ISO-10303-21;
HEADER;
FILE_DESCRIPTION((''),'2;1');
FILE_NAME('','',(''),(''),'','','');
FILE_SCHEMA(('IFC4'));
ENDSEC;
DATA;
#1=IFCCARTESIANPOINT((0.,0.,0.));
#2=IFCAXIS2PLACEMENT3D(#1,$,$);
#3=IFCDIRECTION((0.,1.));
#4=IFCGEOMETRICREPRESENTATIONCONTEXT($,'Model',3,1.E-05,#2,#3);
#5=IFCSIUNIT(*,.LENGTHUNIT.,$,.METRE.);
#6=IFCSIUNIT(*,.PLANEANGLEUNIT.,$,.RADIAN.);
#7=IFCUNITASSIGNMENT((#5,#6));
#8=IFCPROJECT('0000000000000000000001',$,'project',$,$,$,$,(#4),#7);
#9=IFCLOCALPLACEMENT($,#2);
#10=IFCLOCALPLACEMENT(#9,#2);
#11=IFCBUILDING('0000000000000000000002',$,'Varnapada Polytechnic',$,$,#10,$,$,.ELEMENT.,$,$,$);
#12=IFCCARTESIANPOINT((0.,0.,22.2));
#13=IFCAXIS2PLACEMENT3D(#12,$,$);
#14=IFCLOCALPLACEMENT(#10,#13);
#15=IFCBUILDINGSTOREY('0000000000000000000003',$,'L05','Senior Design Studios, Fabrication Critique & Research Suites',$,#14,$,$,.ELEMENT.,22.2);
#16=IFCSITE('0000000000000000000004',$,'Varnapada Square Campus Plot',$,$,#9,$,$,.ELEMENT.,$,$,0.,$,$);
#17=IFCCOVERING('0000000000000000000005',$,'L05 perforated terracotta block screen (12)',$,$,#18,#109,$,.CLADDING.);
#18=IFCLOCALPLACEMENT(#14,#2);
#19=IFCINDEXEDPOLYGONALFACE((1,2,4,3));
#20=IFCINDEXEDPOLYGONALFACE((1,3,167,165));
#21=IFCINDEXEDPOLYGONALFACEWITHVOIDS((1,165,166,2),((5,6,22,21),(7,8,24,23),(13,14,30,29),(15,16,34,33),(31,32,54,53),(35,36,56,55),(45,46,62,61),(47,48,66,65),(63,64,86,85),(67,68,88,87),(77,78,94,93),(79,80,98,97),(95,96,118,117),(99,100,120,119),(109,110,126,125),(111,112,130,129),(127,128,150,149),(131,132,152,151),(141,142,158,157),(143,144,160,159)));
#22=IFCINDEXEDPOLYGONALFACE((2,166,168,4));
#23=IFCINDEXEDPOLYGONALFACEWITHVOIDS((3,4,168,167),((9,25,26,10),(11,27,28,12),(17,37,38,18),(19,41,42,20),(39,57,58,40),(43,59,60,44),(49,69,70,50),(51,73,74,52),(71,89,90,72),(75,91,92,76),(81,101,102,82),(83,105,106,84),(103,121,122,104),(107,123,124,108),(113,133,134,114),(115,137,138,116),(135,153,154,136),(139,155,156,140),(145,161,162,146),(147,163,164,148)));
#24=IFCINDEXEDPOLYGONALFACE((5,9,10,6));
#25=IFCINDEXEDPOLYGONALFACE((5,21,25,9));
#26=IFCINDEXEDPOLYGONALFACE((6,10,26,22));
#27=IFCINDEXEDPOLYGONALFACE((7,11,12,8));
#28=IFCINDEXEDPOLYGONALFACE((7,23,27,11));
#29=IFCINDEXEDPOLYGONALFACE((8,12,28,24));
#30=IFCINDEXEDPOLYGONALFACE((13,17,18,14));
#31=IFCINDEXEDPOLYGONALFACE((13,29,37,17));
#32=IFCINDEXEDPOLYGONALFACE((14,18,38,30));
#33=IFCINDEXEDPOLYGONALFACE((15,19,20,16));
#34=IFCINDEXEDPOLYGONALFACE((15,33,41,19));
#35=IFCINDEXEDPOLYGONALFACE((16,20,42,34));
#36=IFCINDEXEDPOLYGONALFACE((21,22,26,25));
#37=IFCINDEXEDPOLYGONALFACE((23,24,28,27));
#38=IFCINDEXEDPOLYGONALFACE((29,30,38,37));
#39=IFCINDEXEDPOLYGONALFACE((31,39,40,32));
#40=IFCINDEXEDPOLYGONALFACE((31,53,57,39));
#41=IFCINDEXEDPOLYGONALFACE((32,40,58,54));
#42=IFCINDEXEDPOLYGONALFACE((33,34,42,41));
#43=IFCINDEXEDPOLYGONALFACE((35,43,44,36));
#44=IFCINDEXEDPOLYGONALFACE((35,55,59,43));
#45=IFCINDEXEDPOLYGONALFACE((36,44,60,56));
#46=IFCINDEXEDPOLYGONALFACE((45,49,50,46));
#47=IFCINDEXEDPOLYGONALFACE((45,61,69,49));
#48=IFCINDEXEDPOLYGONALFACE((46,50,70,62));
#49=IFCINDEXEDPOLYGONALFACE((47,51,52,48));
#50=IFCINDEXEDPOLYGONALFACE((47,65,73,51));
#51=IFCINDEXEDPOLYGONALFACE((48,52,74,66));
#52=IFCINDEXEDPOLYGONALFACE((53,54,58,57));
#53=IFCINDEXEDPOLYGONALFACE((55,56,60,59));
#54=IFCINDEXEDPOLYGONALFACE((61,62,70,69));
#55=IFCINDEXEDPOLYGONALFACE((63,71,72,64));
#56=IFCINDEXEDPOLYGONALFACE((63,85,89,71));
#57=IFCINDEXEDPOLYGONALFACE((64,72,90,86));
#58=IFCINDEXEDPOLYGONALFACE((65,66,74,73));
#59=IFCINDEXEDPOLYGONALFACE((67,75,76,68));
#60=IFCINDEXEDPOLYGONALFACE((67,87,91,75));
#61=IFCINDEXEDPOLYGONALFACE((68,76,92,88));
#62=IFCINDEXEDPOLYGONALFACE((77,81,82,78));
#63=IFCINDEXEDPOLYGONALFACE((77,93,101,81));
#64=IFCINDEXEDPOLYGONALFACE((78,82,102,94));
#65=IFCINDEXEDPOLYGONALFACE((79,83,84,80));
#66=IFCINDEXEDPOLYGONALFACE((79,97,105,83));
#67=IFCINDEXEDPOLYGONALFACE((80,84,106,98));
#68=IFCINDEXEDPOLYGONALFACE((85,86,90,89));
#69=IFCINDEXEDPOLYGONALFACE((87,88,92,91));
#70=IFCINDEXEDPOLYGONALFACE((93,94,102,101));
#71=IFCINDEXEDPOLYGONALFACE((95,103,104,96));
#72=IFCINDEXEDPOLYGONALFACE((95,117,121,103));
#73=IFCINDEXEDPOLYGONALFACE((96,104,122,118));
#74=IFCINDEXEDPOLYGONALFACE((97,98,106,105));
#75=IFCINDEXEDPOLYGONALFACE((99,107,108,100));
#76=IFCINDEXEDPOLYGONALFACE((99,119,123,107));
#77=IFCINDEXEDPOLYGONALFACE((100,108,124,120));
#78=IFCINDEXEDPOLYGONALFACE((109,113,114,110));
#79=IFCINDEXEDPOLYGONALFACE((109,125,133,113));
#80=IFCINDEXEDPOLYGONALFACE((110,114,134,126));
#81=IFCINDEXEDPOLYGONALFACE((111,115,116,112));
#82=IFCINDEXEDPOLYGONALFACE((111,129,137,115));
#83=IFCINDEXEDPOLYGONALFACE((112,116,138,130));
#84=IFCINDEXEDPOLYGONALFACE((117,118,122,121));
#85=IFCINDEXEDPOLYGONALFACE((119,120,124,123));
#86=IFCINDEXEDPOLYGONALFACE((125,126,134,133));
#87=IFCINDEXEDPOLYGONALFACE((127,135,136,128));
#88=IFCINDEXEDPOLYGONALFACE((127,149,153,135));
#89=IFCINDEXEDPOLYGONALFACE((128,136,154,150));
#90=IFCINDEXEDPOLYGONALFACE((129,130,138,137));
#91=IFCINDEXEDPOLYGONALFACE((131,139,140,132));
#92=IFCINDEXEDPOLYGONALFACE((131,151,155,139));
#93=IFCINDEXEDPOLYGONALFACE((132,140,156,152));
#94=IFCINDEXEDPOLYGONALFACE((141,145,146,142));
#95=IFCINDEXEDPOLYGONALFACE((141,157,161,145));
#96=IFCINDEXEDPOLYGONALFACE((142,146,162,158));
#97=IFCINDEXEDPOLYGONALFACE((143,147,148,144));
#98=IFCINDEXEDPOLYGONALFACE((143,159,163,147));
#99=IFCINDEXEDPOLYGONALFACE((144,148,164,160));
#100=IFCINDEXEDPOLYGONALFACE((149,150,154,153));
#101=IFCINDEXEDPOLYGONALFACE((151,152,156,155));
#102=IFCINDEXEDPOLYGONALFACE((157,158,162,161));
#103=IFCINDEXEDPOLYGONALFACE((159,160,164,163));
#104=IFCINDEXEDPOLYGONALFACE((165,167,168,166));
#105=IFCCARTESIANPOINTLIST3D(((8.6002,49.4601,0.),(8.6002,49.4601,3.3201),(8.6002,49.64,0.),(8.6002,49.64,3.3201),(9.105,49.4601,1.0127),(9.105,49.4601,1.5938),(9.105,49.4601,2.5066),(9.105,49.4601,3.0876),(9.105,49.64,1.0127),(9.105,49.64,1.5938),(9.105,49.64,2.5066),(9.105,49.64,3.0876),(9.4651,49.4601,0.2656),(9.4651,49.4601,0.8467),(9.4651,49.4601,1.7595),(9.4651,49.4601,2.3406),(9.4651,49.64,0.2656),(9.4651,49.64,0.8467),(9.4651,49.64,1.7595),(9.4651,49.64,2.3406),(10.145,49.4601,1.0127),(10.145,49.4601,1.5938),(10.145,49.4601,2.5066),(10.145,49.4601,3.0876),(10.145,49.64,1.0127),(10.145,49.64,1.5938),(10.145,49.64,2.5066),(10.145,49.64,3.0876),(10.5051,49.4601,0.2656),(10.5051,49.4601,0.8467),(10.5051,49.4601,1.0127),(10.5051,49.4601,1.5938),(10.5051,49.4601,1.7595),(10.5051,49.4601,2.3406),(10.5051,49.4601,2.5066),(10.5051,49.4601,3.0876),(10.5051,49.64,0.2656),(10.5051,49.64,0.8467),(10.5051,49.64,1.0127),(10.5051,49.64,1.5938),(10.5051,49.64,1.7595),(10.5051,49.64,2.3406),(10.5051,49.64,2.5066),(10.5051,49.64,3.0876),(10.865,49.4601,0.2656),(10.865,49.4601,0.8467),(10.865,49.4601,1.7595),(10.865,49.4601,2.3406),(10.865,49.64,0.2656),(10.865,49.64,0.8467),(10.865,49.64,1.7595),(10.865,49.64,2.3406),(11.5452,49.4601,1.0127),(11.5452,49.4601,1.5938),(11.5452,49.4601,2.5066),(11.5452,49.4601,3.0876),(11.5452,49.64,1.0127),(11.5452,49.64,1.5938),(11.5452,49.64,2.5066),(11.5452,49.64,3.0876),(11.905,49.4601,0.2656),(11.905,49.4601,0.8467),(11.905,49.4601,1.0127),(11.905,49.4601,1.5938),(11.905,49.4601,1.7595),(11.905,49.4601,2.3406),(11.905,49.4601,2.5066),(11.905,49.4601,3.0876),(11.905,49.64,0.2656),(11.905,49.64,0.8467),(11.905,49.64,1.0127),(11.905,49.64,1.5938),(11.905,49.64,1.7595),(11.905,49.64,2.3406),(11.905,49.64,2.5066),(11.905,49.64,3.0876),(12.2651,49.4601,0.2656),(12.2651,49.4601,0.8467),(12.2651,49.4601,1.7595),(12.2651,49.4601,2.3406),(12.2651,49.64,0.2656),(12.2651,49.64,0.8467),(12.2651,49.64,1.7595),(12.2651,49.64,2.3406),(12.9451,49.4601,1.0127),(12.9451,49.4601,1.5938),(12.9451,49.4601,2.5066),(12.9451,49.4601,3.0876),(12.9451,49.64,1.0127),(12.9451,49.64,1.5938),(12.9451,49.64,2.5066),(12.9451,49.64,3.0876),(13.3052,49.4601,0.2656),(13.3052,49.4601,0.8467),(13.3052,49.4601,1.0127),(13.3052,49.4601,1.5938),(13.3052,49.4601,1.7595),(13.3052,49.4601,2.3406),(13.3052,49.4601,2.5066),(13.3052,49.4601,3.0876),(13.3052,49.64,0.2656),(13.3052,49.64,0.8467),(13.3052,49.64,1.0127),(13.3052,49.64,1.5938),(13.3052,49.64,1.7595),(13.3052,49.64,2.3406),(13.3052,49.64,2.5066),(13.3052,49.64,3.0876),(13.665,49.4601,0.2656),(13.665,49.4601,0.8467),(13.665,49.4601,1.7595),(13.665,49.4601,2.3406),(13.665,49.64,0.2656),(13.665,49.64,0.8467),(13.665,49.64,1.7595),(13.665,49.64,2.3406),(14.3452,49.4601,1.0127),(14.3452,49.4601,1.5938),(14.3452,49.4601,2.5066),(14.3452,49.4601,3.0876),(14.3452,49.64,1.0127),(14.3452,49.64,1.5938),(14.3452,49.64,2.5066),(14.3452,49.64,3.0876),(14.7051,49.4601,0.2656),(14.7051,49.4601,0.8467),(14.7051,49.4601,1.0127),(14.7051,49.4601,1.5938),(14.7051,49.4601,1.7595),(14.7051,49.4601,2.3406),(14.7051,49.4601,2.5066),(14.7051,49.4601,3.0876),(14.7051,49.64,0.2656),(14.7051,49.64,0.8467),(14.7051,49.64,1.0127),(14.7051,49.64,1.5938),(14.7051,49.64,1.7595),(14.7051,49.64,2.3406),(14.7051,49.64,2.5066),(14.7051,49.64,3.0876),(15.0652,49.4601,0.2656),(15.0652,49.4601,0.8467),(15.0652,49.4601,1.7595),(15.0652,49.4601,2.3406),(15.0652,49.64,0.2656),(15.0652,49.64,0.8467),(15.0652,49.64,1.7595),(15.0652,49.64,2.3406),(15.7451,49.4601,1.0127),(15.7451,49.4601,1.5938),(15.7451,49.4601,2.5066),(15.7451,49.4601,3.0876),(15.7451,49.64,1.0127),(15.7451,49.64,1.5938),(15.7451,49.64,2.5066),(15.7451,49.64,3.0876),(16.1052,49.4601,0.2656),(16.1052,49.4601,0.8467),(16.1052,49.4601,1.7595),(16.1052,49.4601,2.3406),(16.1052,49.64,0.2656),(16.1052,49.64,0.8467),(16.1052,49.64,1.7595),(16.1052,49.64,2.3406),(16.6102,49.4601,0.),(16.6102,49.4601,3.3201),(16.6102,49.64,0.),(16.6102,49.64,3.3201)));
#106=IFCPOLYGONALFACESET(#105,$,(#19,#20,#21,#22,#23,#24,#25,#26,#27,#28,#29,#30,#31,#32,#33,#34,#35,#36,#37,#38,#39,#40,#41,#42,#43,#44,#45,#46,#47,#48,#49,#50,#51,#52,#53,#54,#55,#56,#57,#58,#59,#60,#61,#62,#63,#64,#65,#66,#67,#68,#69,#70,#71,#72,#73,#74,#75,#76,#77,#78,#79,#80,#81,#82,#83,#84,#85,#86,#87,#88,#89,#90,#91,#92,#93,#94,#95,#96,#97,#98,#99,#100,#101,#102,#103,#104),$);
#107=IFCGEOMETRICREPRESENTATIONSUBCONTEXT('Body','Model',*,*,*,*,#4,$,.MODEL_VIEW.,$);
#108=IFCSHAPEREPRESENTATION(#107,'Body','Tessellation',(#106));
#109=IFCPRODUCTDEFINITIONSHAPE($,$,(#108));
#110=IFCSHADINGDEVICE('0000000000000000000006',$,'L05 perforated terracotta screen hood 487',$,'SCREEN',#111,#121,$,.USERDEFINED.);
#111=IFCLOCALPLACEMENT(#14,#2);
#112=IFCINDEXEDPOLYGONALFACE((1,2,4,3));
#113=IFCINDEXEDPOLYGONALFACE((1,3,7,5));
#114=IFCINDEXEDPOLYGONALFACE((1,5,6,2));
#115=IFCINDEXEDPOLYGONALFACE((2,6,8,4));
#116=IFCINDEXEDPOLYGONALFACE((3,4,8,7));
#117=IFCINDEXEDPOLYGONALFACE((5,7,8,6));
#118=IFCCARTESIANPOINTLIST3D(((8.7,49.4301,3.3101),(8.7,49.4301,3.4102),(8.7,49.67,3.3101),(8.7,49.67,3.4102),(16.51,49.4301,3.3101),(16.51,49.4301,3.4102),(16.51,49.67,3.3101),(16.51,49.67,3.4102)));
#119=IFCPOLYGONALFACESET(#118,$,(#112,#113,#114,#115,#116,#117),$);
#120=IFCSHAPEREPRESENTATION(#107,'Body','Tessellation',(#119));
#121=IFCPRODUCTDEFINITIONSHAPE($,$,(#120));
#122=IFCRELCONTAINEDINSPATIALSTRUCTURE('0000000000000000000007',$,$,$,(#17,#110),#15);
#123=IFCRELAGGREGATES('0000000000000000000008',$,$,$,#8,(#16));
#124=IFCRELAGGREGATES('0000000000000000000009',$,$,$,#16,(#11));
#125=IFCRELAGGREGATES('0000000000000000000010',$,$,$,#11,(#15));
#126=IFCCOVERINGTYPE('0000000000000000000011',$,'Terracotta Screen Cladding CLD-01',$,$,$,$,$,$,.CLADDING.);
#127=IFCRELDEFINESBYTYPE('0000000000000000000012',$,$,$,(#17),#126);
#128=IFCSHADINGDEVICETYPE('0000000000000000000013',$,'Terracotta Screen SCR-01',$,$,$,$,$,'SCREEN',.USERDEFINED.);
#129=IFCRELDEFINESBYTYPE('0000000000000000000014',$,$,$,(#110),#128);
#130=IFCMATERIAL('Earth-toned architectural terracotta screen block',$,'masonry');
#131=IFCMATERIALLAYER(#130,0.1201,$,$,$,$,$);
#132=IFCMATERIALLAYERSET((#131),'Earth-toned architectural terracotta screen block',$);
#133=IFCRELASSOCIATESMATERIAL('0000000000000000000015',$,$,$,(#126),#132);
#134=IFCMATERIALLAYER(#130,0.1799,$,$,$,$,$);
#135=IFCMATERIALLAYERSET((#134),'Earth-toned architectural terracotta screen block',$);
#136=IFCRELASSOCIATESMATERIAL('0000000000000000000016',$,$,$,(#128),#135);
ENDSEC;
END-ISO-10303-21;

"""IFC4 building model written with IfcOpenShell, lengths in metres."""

from ifc_helpers import new_model, si_unit, direction, frame, frame_2d, origin, origin_2d, place, context, subcontext, project, spatial, rectangle, extrude, material, layer, layer_set, type_object, element, save


model = new_model("IFC4")

# Units and contexts
model_context = context("Model", 3, precision=1e-05, world=origin(), true_north=direction((0.0, 1.0)))
body_context = subcontext(model_context, "Body", "Model", "MODEL_VIEW")
ifc_project = project(units=[si_unit("LENGTHUNIT", "METRE"), si_unit("PLANEANGLEUNIT", "RADIAN")], contexts=[model_context])

# Site, building, storey
site_placement = place(None, origin())
site = spatial("IfcSite", under=ifc_project, at=site_placement, Name="Varnapada Square Campus Plot", CompositionType="ELEMENT", RefElevation=0.0)
building_placement = place(site_placement, origin())
building = spatial("IfcBuilding", under=site, at=building_placement, Name="Varnapada Polytechnic", CompositionType="ELEMENT")
storey_placement = place(building_placement, frame((0.0, 0.0, 22.2)))
storey = spatial("IfcBuildingStorey", under=building, at=storey_placement, Name="L05", Description="Senior Design Studios, Fabrication Critique & Research Suites", CompositionType="ELEMENT", Elevation=22.2)

# Covering, openings
ifc_material = material(Name="Earth-toned architectural terracotta screen block", Category="masonry")
ifc_layer_1 = layer(ifc_material, 0.1201)
ifc_layer_set_1 = layer_set([ifc_layer_1], Name="Earth-toned architectural terracotta screen block")
covering_type = type_object("IfcCoveringType", Name="Terracotta Screen Cladding CLD-01", PredefinedType="CLADDING", material=ifc_layer_set_1)
covering_placement = place(storey_placement, frame((16.6101, 49.55, 0.0), z_axis=(0.0, 0.0, 1.0), x_axis=(-1.0, 0.0, 0.0)))
covering = element("IfcCovering", 1, at=covering_placement, inside=storey, type_object=covering_type, Name="L05 perforated terracotta block screen (12)", PredefinedType="CLADDING", context=body_context, shape_type="SweptSolid", body=[
    extrude(rectangle(XDim=8.01, YDim=0.1799, at=frame_2d((4.0049, 0.0))), origin(), (0.0, 0.0, 1.0), 3.3201),
])
opening_1_placement = place(covering_placement, frame((0.5049, 0.0, 0.2656)))
element("IfcOpeningElement", 2, at=opening_1_placement, cuts=covering, PredefinedType="OPENING", context=body_context, shape_type="SweptSolid", body=[
    extrude(rectangle(XDim=1.04, YDim=0.5811, at=frame_2d((0.52, 0.2905))), frame((0.0, 0.0999, 0.0), z_axis=(0.0, -1.0, 0.0), x_axis=(1.0, 0.0, 0.0)), (0.0, 0.0, 1.0), 0.2),
])
opening_2_placement = place(covering_placement, frame((1.905, 0.0, 0.2656)))
element("IfcOpeningElement", 3, at=opening_2_placement, cuts=covering, PredefinedType="OPENING", context=body_context, shape_type="SweptSolid", body=[
    extrude(rectangle(XDim=1.04, YDim=0.5811, at=frame_2d((0.52, 0.2905))), frame((0.0, 0.0999, 0.0), z_axis=(0.0, -1.0, 0.0), x_axis=(1.0, 0.0, 0.0)), (0.0, 0.0, 1.0), 0.2),
])
opening_3_placement = place(covering_placement, frame((3.3049, 0.0, 0.2656)))
element("IfcOpeningElement", 4, at=opening_3_placement, cuts=covering, PredefinedType="OPENING", context=body_context, shape_type="SweptSolid", body=[
    extrude(rectangle(XDim=1.04, YDim=0.5811, at=frame_2d((0.52, 0.2905))), frame((0.0, 0.0999, 0.0), z_axis=(0.0, -1.0, 0.0), x_axis=(1.0, 0.0, 0.0)), (0.0, 0.0, 1.0), 0.2),
])
opening_4_placement = place(covering_placement, frame((4.7051, 0.0, 0.2656)))
element("IfcOpeningElement", 5, at=opening_4_placement, cuts=covering, PredefinedType="OPENING", context=body_context, shape_type="SweptSolid", body=[
    extrude(rectangle(XDim=1.04, YDim=0.5811, at=frame_2d((0.52, 0.2905))), frame((0.0, 0.0999, 0.0), z_axis=(0.0, -1.0, 0.0), x_axis=(1.0, 0.0, 0.0)), (0.0, 0.0, 1.0), 0.2),
])
opening_5_placement = place(covering_placement, frame((6.105, 0.0, 0.2656)))
element("IfcOpeningElement", 6, at=opening_5_placement, cuts=covering, PredefinedType="OPENING", context=body_context, shape_type="SweptSolid", body=[
    extrude(rectangle(XDim=1.04, YDim=0.5811, at=frame_2d((0.52, 0.2905))), frame((0.0, 0.0999, 0.0), z_axis=(0.0, -1.0, 0.0), x_axis=(1.0, 0.0, 0.0)), (0.0, 0.0, 1.0), 0.2),
])
opening_6_placement = place(covering_placement, frame((0.865, 0.0, 1.0127)))
element("IfcOpeningElement", 7, at=opening_6_placement, cuts=covering, PredefinedType="OPENING", context=body_context, shape_type="SweptSolid", body=[
    extrude(rectangle(XDim=1.04, YDim=0.5811, at=frame_2d((0.52, 0.2905))), frame((0.0, 0.0999, 0.0), z_axis=(0.0, -1.0, 0.0), x_axis=(1.0, 0.0, 0.0)), (0.0, 0.0, 1.0), 0.2),
])
opening_7_placement = place(covering_placement, frame((2.2649, 0.0, 1.0127)))
element("IfcOpeningElement", 8, at=opening_7_placement, cuts=covering, PredefinedType="OPENING", context=body_context, shape_type="SweptSolid", body=[
    extrude(rectangle(XDim=1.04, YDim=0.5811, at=frame_2d((0.52, 0.2905))), frame((0.0, 0.0999, 0.0), z_axis=(0.0, -1.0, 0.0), x_axis=(1.0, 0.0, 0.0)), (0.0, 0.0, 1.0), 0.2),
])
opening_8_placement = place(covering_placement, frame((3.665, 0.0, 1.0127)))
element("IfcOpeningElement", 9, at=opening_8_placement, cuts=covering, PredefinedType="OPENING", context=body_context, shape_type="SweptSolid", body=[
    extrude(rectangle(XDim=1.04, YDim=0.5811, at=frame_2d((0.52, 0.2905))), frame((0.0, 0.0999, 0.0), z_axis=(0.0, -1.0, 0.0), x_axis=(1.0, 0.0, 0.0)), (0.0, 0.0, 1.0), 0.2),
])
opening_9_placement = place(covering_placement, frame((5.0649, 0.0, 1.0127)))
element("IfcOpeningElement", 10, at=opening_9_placement, cuts=covering, PredefinedType="OPENING", context=body_context, shape_type="SweptSolid", body=[
    extrude(rectangle(XDim=1.04, YDim=0.5811, at=frame_2d((0.52, 0.2905))), frame((0.0, 0.0999, 0.0), z_axis=(0.0, -1.0, 0.0), x_axis=(1.0, 0.0, 0.0)), (0.0, 0.0, 1.0), 0.2),
])
opening_10_placement = place(covering_placement, frame((6.4651, 0.0, 1.0127)))
element("IfcOpeningElement", 11, at=opening_10_placement, cuts=covering, PredefinedType="OPENING", context=body_context, shape_type="SweptSolid", body=[
    extrude(rectangle(XDim=1.04, YDim=0.5811, at=frame_2d((0.52, 0.2905))), frame((0.0, 0.0999, 0.0), z_axis=(0.0, -1.0, 0.0), x_axis=(1.0, 0.0, 0.0)), (0.0, 0.0, 1.0), 0.2),
])
opening_11_placement = place(covering_placement, frame((0.5049, 0.0, 1.7595)))
element("IfcOpeningElement", 12, at=opening_11_placement, cuts=covering, PredefinedType="OPENING", context=body_context, shape_type="SweptSolid", body=[
    extrude(rectangle(XDim=1.04, YDim=0.5811, at=frame_2d((0.52, 0.2905))), frame((0.0, 0.0999, 0.0), z_axis=(0.0, -1.0, 0.0), x_axis=(1.0, 0.0, 0.0)), (0.0, 0.0, 1.0), 0.2),
])
opening_12_placement = place(covering_placement, frame((1.905, 0.0, 1.7595)))
element("IfcOpeningElement", 13, at=opening_12_placement, cuts=covering, PredefinedType="OPENING", context=body_context, shape_type="SweptSolid", body=[
    extrude(rectangle(XDim=1.04, YDim=0.5811, at=frame_2d((0.52, 0.2905))), frame((0.0, 0.0999, 0.0), z_axis=(0.0, -1.0, 0.0), x_axis=(1.0, 0.0, 0.0)), (0.0, 0.0, 1.0), 0.2),
])
opening_13_placement = place(covering_placement, frame((3.3049, 0.0, 1.7595)))
element("IfcOpeningElement", 14, at=opening_13_placement, cuts=covering, PredefinedType="OPENING", context=body_context, shape_type="SweptSolid", body=[
    extrude(rectangle(XDim=1.04, YDim=0.5811, at=frame_2d((0.52, 0.2905))), frame((0.0, 0.0999, 0.0), z_axis=(0.0, -1.0, 0.0), x_axis=(1.0, 0.0, 0.0)), (0.0, 0.0, 1.0), 0.2),
])
opening_14_placement = place(covering_placement, frame((4.7051, 0.0, 1.7595)))
element("IfcOpeningElement", 15, at=opening_14_placement, cuts=covering, PredefinedType="OPENING", context=body_context, shape_type="SweptSolid", body=[
    extrude(rectangle(XDim=1.04, YDim=0.5811, at=frame_2d((0.52, 0.2905))), frame((0.0, 0.0999, 0.0), z_axis=(0.0, -1.0, 0.0), x_axis=(1.0, 0.0, 0.0)), (0.0, 0.0, 1.0), 0.2),
])
opening_15_placement = place(covering_placement, frame((6.105, 0.0, 1.7595)))
element("IfcOpeningElement", 16, at=opening_15_placement, cuts=covering, PredefinedType="OPENING", context=body_context, shape_type="SweptSolid", body=[
    extrude(rectangle(XDim=1.04, YDim=0.5811, at=frame_2d((0.52, 0.2905))), frame((0.0, 0.0999, 0.0), z_axis=(0.0, -1.0, 0.0), x_axis=(1.0, 0.0, 0.0)), (0.0, 0.0, 1.0), 0.2),
])
opening_16_placement = place(covering_placement, frame((0.865, 0.0, 2.5066)))
element("IfcOpeningElement", 17, at=opening_16_placement, cuts=covering, PredefinedType="OPENING", context=body_context, shape_type="SweptSolid", body=[
    extrude(rectangle(XDim=1.04, YDim=0.5811, at=frame_2d((0.52, 0.2905))), frame((0.0, 0.0999, 0.0), z_axis=(0.0, -1.0, 0.0), x_axis=(1.0, 0.0, 0.0)), (0.0, 0.0, 1.0), 0.2),
])
opening_17_placement = place(covering_placement, frame((2.2649, 0.0, 2.5066)))
element("IfcOpeningElement", 18, at=opening_17_placement, cuts=covering, PredefinedType="OPENING", context=body_context, shape_type="SweptSolid", body=[
    extrude(rectangle(XDim=1.04, YDim=0.5811, at=frame_2d((0.52, 0.2905))), frame((0.0, 0.0999, 0.0), z_axis=(0.0, -1.0, 0.0), x_axis=(1.0, 0.0, 0.0)), (0.0, 0.0, 1.0), 0.2),
])
opening_18_placement = place(covering_placement, frame((3.665, 0.0, 2.5066)))
element("IfcOpeningElement", 19, at=opening_18_placement, cuts=covering, PredefinedType="OPENING", context=body_context, shape_type="SweptSolid", body=[
    extrude(rectangle(XDim=1.04, YDim=0.5811, at=frame_2d((0.52, 0.2905))), frame((0.0, 0.0999, 0.0), z_axis=(0.0, -1.0, 0.0), x_axis=(1.0, 0.0, 0.0)), (0.0, 0.0, 1.0), 0.2),
])
opening_19_placement = place(covering_placement, frame((5.0649, 0.0, 2.5066)))
element("IfcOpeningElement", 20, at=opening_19_placement, cuts=covering, PredefinedType="OPENING", context=body_context, shape_type="SweptSolid", body=[
    extrude(rectangle(XDim=1.04, YDim=0.5811, at=frame_2d((0.52, 0.2905))), frame((0.0, 0.0999, 0.0), z_axis=(0.0, -1.0, 0.0), x_axis=(1.0, 0.0, 0.0)), (0.0, 0.0, 1.0), 0.2),
])
opening_20_placement = place(covering_placement, frame((6.4651, 0.0, 2.5066)))
element("IfcOpeningElement", 21, at=opening_20_placement, cuts=covering, PredefinedType="OPENING", context=body_context, shape_type="SweptSolid", body=[
    extrude(rectangle(XDim=1.04, YDim=0.5811, at=frame_2d((0.52, 0.2905))), frame((0.0, 0.0999, 0.0), z_axis=(0.0, -1.0, 0.0), x_axis=(1.0, 0.0, 0.0)), (0.0, 0.0, 1.0), 0.2),
])

# Shading device
ifc_layer_2 = layer(ifc_material, 0.1799)
ifc_layer_set_2 = layer_set([ifc_layer_2], Name="Earth-toned architectural terracotta screen block")
shading_device_type = type_object("IfcShadingDeviceType", Name="Terracotta Screen SCR-01", ElementType="SCREEN", PredefinedType="USERDEFINED", material=ifc_layer_set_2)
shading_device_placement = place(storey_placement, frame((12.605, 49.55, 3.3101), z_axis=(0.0, 0.0, 1.0), x_axis=(-1.0, 0.0, 0.0)))
element("IfcShadingDevice", 22, at=shading_device_placement, inside=storey, type_object=shading_device_type, Name="L05 perforated terracotta screen hood 487", ObjectType="SCREEN", PredefinedType="USERDEFINED", context=body_context, shape_type="SweptSolid", body=[
    extrude(rectangle(XDim=7.8101, YDim=0.24, at=origin_2d()), origin(), (0.0, 0.0, 1.0), 0.1001),
])

save(model, "model.ifc")
